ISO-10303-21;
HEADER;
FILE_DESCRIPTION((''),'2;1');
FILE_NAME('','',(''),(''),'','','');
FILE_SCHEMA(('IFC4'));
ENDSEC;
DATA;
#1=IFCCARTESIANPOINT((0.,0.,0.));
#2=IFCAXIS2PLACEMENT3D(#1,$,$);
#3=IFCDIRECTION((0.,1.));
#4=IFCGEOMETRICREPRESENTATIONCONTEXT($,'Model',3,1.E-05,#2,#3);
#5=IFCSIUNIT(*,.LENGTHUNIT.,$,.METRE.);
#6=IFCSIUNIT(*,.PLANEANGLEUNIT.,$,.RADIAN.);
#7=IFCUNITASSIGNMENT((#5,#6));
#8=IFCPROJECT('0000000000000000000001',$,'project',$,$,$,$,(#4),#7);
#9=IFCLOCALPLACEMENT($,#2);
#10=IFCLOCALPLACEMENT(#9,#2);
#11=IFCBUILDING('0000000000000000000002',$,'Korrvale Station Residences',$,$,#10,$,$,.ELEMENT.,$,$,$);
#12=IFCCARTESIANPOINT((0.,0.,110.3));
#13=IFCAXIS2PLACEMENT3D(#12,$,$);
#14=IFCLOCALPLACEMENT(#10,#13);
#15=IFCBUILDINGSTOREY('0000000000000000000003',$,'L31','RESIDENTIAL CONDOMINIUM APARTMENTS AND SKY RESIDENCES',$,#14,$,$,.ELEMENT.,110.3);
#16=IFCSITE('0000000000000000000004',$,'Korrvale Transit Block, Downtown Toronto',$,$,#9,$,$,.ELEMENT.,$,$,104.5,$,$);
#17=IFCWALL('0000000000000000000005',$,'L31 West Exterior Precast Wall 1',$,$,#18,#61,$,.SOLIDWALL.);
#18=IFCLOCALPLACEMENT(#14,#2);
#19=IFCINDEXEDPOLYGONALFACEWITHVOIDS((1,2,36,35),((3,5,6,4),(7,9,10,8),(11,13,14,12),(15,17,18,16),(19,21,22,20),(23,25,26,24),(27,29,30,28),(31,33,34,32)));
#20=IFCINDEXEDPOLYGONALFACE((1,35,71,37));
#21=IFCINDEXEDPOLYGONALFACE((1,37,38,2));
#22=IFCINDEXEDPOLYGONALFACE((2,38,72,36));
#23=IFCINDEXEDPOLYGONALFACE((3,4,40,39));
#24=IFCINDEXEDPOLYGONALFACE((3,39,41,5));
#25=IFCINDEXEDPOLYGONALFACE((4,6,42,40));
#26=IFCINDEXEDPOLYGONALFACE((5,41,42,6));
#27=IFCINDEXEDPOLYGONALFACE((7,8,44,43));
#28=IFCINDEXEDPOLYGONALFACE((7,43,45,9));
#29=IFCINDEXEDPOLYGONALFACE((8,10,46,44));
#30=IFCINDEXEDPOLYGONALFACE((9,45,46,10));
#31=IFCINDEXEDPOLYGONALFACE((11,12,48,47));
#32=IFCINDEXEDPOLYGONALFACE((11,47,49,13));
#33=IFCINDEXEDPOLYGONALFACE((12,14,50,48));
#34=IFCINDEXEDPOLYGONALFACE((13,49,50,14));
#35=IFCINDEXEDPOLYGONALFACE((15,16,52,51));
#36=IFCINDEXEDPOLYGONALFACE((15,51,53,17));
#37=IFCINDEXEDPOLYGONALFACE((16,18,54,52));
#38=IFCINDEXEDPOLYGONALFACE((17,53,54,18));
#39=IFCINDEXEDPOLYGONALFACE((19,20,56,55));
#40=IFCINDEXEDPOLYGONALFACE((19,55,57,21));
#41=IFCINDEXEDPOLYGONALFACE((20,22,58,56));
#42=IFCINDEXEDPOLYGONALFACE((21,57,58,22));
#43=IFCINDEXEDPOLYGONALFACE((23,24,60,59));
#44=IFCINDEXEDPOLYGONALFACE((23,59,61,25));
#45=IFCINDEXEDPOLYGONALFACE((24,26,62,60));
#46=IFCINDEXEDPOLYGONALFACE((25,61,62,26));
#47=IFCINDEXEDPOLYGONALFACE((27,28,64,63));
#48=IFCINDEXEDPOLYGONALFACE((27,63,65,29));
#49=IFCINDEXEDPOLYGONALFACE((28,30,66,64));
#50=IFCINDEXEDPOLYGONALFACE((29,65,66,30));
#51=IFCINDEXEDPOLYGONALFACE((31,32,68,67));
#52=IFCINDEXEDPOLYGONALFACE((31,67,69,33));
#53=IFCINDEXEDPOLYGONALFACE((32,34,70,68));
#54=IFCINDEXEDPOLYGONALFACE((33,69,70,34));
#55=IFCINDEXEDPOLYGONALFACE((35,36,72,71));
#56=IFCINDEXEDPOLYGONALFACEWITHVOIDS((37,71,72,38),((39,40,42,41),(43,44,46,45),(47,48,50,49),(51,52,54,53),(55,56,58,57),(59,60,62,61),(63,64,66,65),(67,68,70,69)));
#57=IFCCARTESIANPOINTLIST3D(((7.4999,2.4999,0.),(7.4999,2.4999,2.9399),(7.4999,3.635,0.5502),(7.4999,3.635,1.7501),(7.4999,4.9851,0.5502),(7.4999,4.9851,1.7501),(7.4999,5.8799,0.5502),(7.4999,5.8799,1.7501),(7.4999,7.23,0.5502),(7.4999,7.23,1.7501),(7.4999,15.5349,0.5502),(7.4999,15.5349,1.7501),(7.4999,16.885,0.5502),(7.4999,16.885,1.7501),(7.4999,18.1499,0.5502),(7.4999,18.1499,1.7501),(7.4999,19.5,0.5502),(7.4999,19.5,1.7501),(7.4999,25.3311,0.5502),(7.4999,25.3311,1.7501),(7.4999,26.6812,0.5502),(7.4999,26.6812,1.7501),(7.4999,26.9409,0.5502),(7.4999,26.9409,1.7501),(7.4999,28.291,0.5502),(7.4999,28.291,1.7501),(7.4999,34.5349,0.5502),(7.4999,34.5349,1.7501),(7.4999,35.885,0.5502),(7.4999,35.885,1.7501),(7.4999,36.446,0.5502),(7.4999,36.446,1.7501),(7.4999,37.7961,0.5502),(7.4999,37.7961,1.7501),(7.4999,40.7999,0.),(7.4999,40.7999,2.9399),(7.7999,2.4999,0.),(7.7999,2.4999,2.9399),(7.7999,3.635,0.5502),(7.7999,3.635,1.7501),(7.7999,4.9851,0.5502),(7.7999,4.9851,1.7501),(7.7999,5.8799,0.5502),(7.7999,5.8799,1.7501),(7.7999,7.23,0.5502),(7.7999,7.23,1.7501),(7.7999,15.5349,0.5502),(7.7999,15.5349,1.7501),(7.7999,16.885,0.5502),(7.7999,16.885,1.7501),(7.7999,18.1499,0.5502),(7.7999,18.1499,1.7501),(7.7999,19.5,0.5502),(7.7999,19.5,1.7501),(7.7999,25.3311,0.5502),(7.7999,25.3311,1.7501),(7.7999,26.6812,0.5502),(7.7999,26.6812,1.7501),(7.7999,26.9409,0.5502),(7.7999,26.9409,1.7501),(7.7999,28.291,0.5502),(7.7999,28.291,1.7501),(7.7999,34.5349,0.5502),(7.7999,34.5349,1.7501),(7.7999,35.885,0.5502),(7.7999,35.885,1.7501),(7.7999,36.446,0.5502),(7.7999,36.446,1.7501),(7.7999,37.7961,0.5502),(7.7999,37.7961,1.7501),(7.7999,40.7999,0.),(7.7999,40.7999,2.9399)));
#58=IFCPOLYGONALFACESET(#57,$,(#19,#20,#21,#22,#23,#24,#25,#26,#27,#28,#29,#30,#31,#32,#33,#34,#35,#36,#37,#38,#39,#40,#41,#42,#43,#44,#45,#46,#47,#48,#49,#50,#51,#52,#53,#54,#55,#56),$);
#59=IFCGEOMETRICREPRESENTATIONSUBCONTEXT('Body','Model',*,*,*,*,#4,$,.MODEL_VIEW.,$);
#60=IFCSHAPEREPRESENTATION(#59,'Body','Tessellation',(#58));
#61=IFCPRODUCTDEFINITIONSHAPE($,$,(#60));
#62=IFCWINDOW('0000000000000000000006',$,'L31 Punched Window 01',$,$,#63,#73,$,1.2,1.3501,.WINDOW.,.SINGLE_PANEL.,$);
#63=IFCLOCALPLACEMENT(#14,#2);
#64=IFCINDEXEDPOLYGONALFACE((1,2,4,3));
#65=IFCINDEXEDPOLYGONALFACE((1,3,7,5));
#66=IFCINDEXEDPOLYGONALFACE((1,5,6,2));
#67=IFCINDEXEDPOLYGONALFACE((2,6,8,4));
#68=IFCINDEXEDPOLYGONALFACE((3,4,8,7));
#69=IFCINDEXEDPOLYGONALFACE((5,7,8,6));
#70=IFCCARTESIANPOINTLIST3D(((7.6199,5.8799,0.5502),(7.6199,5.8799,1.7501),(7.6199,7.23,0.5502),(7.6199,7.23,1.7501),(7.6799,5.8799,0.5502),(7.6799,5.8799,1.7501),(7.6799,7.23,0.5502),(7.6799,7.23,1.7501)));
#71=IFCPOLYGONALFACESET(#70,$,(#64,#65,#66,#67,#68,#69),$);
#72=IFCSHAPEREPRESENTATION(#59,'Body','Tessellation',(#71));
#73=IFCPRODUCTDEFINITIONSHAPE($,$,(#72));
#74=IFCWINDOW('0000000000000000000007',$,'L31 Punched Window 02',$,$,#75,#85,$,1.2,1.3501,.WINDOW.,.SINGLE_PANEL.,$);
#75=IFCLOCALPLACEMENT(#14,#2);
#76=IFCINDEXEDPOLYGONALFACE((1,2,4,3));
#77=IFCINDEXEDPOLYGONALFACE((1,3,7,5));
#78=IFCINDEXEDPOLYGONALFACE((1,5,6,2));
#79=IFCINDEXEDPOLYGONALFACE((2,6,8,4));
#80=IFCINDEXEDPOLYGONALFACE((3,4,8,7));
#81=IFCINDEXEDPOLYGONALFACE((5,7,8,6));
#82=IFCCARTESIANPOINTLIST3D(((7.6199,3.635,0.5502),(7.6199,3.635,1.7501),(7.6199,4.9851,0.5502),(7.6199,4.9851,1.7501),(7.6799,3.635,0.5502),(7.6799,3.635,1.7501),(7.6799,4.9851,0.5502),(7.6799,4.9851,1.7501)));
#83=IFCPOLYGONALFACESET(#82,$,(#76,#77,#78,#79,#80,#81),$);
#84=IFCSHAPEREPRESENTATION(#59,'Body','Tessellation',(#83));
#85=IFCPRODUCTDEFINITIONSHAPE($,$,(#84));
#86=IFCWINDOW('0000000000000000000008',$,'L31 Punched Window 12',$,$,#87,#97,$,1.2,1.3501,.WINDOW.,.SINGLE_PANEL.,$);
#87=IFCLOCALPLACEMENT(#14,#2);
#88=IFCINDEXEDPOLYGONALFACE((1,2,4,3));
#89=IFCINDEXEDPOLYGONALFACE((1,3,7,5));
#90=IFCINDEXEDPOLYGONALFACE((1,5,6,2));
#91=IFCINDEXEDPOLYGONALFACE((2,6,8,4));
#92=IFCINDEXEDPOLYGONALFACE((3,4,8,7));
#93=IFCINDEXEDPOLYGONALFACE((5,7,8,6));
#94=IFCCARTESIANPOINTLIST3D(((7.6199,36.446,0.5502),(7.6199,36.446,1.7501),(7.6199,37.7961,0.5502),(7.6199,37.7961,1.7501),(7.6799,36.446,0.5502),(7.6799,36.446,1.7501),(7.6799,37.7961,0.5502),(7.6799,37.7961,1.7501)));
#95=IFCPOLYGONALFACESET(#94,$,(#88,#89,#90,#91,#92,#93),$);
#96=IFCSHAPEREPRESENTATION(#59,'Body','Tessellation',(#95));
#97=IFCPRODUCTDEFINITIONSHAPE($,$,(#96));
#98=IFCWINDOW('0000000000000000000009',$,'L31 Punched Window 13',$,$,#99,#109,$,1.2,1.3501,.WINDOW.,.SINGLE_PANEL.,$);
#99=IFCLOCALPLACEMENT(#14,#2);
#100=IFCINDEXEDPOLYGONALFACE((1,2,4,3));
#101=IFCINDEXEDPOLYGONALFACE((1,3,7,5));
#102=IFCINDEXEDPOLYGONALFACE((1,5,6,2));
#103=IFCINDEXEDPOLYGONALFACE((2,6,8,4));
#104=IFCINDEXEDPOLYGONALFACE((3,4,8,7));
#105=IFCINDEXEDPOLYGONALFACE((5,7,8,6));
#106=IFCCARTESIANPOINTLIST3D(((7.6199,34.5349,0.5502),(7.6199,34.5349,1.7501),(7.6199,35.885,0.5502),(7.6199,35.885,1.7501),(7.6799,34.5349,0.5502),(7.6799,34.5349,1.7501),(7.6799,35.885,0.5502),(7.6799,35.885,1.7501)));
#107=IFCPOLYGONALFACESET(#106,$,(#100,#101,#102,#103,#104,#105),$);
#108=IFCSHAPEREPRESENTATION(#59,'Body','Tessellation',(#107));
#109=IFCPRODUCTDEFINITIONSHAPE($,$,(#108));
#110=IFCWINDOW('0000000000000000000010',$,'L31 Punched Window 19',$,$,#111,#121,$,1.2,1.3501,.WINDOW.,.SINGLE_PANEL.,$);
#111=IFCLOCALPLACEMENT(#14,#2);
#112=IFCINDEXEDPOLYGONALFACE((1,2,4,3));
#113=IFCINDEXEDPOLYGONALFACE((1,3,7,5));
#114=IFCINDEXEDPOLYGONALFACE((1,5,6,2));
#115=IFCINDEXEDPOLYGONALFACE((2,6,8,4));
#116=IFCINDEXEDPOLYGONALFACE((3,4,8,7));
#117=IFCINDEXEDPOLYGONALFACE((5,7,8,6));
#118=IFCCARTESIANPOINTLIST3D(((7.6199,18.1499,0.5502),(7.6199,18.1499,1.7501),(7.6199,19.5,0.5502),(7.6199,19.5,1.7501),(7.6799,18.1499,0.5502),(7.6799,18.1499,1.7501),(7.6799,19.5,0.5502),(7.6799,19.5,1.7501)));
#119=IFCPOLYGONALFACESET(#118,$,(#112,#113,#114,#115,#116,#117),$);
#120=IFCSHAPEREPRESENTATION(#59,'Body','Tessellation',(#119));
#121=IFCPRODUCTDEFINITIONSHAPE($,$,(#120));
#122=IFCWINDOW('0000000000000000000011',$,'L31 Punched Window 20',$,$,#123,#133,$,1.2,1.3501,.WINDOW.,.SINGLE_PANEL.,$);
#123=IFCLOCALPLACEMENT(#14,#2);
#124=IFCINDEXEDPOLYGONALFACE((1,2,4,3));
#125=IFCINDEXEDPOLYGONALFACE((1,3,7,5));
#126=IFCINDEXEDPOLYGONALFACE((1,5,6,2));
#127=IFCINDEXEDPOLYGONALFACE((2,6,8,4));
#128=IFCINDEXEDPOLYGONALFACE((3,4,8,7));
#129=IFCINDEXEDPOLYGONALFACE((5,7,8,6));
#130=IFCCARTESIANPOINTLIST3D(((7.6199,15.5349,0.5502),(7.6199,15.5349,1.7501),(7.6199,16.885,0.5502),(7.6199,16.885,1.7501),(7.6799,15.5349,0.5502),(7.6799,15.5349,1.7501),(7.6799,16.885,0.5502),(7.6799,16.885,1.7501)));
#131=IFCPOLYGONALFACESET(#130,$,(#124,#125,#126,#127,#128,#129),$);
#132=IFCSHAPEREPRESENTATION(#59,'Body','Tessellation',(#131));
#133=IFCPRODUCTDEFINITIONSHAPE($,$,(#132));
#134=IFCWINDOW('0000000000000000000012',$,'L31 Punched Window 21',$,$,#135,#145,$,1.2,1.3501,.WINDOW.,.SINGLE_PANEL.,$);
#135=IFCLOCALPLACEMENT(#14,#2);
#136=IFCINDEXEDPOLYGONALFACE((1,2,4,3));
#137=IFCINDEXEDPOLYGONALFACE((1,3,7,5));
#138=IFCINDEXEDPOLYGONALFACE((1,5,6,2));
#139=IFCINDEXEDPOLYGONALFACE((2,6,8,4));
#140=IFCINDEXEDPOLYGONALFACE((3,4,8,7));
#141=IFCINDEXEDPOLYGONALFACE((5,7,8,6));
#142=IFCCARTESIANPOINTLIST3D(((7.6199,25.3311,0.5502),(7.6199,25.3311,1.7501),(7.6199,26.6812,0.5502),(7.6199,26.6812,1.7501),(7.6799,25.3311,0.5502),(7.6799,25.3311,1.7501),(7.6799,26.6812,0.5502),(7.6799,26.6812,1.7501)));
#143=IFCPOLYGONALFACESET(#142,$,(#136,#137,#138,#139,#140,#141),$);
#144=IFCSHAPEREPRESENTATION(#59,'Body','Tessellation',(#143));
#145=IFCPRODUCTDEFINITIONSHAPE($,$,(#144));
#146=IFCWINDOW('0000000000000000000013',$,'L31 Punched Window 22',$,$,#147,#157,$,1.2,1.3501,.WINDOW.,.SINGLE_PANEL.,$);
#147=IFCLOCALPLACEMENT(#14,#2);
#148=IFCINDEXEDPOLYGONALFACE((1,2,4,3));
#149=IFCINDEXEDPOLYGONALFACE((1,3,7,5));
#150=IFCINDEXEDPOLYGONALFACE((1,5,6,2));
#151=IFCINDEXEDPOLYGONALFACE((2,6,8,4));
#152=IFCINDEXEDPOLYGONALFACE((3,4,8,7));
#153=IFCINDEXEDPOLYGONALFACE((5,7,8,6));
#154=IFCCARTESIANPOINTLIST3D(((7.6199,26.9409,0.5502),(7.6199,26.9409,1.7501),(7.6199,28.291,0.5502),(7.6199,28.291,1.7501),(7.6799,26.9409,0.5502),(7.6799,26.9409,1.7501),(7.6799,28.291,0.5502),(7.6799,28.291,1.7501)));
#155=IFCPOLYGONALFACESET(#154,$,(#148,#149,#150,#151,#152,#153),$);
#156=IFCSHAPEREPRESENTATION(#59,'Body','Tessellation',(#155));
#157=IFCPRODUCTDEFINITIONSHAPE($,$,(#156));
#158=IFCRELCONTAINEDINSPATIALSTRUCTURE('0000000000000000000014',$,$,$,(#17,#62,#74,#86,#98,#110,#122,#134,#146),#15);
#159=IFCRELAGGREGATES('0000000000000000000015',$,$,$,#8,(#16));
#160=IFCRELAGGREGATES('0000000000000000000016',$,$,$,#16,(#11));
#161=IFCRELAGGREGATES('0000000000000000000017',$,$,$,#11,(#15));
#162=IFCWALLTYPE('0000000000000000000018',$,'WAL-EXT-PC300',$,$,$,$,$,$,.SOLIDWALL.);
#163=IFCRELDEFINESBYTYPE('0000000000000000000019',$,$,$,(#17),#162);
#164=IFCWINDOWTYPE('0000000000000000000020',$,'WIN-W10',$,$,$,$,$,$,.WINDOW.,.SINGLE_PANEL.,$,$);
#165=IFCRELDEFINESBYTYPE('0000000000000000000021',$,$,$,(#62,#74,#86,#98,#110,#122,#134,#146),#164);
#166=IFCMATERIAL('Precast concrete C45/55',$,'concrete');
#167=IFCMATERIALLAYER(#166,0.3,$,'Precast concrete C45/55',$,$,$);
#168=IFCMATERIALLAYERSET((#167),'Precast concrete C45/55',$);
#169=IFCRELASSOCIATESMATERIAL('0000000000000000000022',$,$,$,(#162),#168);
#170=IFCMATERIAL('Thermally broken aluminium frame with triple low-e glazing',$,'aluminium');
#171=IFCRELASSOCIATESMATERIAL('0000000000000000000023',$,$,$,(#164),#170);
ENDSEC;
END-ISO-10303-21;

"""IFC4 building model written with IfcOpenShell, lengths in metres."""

from ifc_helpers import new_model, si_unit, direction, frame, frame_2d, origin, place, context, subcontext, project, spatial, rectangle, extrude, material, layer, layer_set, type_object, element, fill, save


model = new_model("IFC4")

# Units and contexts
model_context = context("Model", 3, precision=1e-05, world=origin(), true_north=direction((0.0, 1.0)))
body_context = subcontext(model_context, "Body", "Model", "MODEL_VIEW")
ifc_project = project(units=[si_unit("LENGTHUNIT", "METRE"), si_unit("PLANEANGLEUNIT", "RADIAN")], contexts=[model_context])

# Site, building, storey
site_placement = place(None, origin())
site = spatial("IfcSite", under=ifc_project, at=site_placement, Name="Korrvale Transit Block, Downtown Toronto", CompositionType="ELEMENT", RefElevation=104.5)
building_placement = place(site_placement, origin())
building = spatial("IfcBuilding", under=site, at=building_placement, Name="Korrvale Station Residences", CompositionType="ELEMENT")
storey_placement = place(building_placement, frame((0.0, 0.0, 110.3)))
storey = spatial("IfcBuildingStorey", under=building, at=storey_placement, Name="L31", Description="RESIDENTIAL CONDOMINIUM APARTMENTS AND SKY RESIDENCES", CompositionType="ELEMENT", Elevation=110.3)

# Shared definitions
ifc_material_1 = material(Name="Precast concrete C45/55", Category="concrete")
ifc_layer_1 = layer(ifc_material_1, 0.3, Name="Precast concrete C45/55")
ifc_layer_set_1 = layer_set([ifc_layer_1], Name="Precast concrete C45/55")
wall_type_1 = type_object("IfcWallType", Name="WAL-EXT-PC300", PredefinedType="SOLIDWALL", material=ifc_layer_set_1)

# Wall, openings, windows
wall_1_placement = place(storey_placement, frame((7.6499, 2.5, 0.0), z_axis=(0.0, 0.0, 1.0), x_axis=(0.0, 1.0, 0.0)))
wall_1 = element("IfcWall", 1, at=wall_1_placement, inside=storey, type_object=wall_type_1, Name="L31 West Exterior Precast Wall 1", PredefinedType="SOLIDWALL", context=body_context, shape_type="SweptSolid", body=[
    extrude(rectangle(XDim=38.3, YDim=0.3, at=frame_2d((19.1499, 0.0))), origin(), (0.0, 0.0, 1.0), 2.9399),
])
opening_1_placement = place(wall_1_placement, frame((3.3799, 0.0, 0.55)))
opening_1 = element("IfcOpeningElement", 2, at=opening_1_placement, cuts=wall_1, PredefinedType="OPENING", context=body_context, shape_type="SweptSolid", body=[
    extrude(rectangle(XDim=1.3501, YDim=1.2, at=frame_2d((0.675, 0.6001))), frame((0.0, 0.1602, 0.0), z_axis=(0.0, -1.0, 0.0), x_axis=(1.0, 0.0, 0.0)), (0.0, 0.0, 1.0), 0.3201),
])
opening_2_placement = place(wall_1_placement, frame((1.135, 0.0, 0.55)))
opening_2 = element("IfcOpeningElement", 3, at=opening_2_placement, cuts=wall_1, PredefinedType="OPENING", context=body_context, shape_type="SweptSolid", body=[
    extrude(rectangle(XDim=1.3501, YDim=1.2, at=frame_2d((0.675, 0.6001))), frame((0.0, 0.1602, 0.0), z_axis=(0.0, -1.0, 0.0), x_axis=(1.0, 0.0, 0.0)), (0.0, 0.0, 1.0), 0.3201),
])
opening_3_placement = place(wall_1_placement, frame((33.946, 0.0, 0.55)))
opening_3 = element("IfcOpeningElement", 4, at=opening_3_placement, cuts=wall_1, PredefinedType="OPENING", context=body_context, shape_type="SweptSolid", body=[
    extrude(rectangle(XDim=1.3501, YDim=1.2, at=frame_2d((0.675, 0.6001))), frame((0.0, 0.1602, 0.0), z_axis=(0.0, -1.0, 0.0), x_axis=(1.0, 0.0, 0.0)), (0.0, 0.0, 1.0), 0.3201),
])
opening_4_placement = place(wall_1_placement, frame((32.0349, 0.0, 0.55)))
opening_4 = element("IfcOpeningElement", 5, at=opening_4_placement, cuts=wall_1, PredefinedType="OPENING", context=body_context, shape_type="SweptSolid", body=[
    extrude(rectangle(XDim=1.3501, YDim=1.2, at=frame_2d((0.675, 0.6001))), frame((0.0, 0.1602, 0.0), z_axis=(0.0, -1.0, 0.0), x_axis=(1.0, 0.0, 0.0)), (0.0, 0.0, 1.0), 0.3201),
])
opening_5_placement = place(wall_1_placement, frame((15.6499, 0.0, 0.55)))
opening_5 = element("IfcOpeningElement", 6, at=opening_5_placement, cuts=wall_1, PredefinedType="OPENING", context=body_context, shape_type="SweptSolid", body=[
    extrude(rectangle(XDim=1.3501, YDim=1.2, at=frame_2d((0.675, 0.6001))), frame((0.0, 0.1602, 0.0), z_axis=(0.0, -1.0, 0.0), x_axis=(1.0, 0.0, 0.0)), (0.0, 0.0, 1.0), 0.3201),
])
opening_6_placement = place(wall_1_placement, frame((13.0349, 0.0, 0.55)))
opening_6 = element("IfcOpeningElement", 7, at=opening_6_placement, cuts=wall_1, PredefinedType="OPENING", context=body_context, shape_type="SweptSolid", body=[
    extrude(rectangle(XDim=1.3501, YDim=1.2, at=frame_2d((0.675, 0.6001))), frame((0.0, 0.1602, 0.0), z_axis=(0.0, -1.0, 0.0), x_axis=(1.0, 0.0, 0.0)), (0.0, 0.0, 1.0), 0.3201),
])
opening_7_placement = place(wall_1_placement, frame((22.8311, 0.0, 0.55)))
opening_7 = element("IfcOpeningElement", 8, at=opening_7_placement, cuts=wall_1, PredefinedType="OPENING", context=body_context, shape_type="SweptSolid", body=[
    extrude(rectangle(XDim=1.3501, YDim=1.2, at=frame_2d((0.675, 0.6001))), frame((0.0, 0.1602, 0.0), z_axis=(0.0, -1.0, 0.0), x_axis=(1.0, 0.0, 0.0)), (0.0, 0.0, 1.0), 0.3201),
])
opening_8_placement = place(wall_1_placement, frame((24.4409, 0.0, 0.55)))
opening_8 = element("IfcOpeningElement", 9, at=opening_8_placement, cuts=wall_1, PredefinedType="OPENING", context=body_context, shape_type="SweptSolid", body=[
    extrude(rectangle(XDim=1.3501, YDim=1.2, at=frame_2d((0.675, 0.6001))), frame((0.0, 0.1602, 0.0), z_axis=(0.0, -1.0, 0.0), x_axis=(1.0, 0.0, 0.0)), (0.0, 0.0, 1.0), 0.3201),
])
ifc_material_2 = material(Name="Thermally broken aluminium frame with triple low-e glazing", Category="aluminium")
window_type = type_object("IfcWindowType", Name="WIN-W10", PartitioningType="SINGLE_PANEL", PredefinedType="WINDOW", material=ifc_material_2)
window_1_placement = place(opening_1_placement, origin())
window_1 = element("IfcWindow", 10, at=window_1_placement, inside=storey, type_object=window_type, Name="L31 Punched Window 01", OverallHeight=1.2, OverallWidth=1.3501, PartitioningType="SINGLE_PANEL", PredefinedType="WINDOW", context=body_context, shape_type="SweptSolid", body=[
    extrude(rectangle(XDim=1.3501, YDim=1.2, at=frame_2d((0.675, 0.6001))), frame((0.0, 0.03, 0.0), z_axis=(0.0, -1.0, 0.0), x_axis=(1.0, 0.0, 0.0)), (0.0, 0.0, 1.0), 0.0601),
])
fill(opening_1, window_1)
window_2_placement = place(opening_2_placement, origin())
window_2 = element("IfcWindow", 11, at=window_2_placement, inside=storey, type_object=window_type, Name="L31 Punched Window 02", OverallHeight=1.2, OverallWidth=1.3501, PartitioningType="SINGLE_PANEL", PredefinedType="WINDOW", context=body_context, shape_type="SweptSolid", body=[
    extrude(rectangle(XDim=1.3501, YDim=1.2, at=frame_2d((0.675, 0.6001))), frame((0.0, 0.03, 0.0), z_axis=(0.0, -1.0, 0.0), x_axis=(1.0, 0.0, 0.0)), (0.0, 0.0, 1.0), 0.0601),
])
fill(opening_2, window_2)
window_3_placement = place(opening_3_placement, origin())
window_3 = element("IfcWindow", 12, at=window_3_placement, inside=storey, type_object=window_type, Name="L31 Punched Window 12", OverallHeight=1.2, OverallWidth=1.3501, PartitioningType="SINGLE_PANEL", PredefinedType="WINDOW", context=body_context, shape_type="SweptSolid", body=[
    extrude(rectangle(XDim=1.3501, YDim=1.2, at=frame_2d((0.675, 0.6001))), frame((0.0, 0.03, 0.0), z_axis=(0.0, -1.0, 0.0), x_axis=(1.0, 0.0, 0.0)), (0.0, 0.0, 1.0), 0.0601),
])
fill(opening_3, window_3)
window_4_placement = place(opening_4_placement, origin())
window_4 = element("IfcWindow", 13, at=window_4_placement, inside=storey, type_object=window_type, Name="L31 Punched Window 13", OverallHeight=1.2, OverallWidth=1.3501, PartitioningType="SINGLE_PANEL", PredefinedType="WINDOW", context=body_context, shape_type="SweptSolid", body=[
    extrude(rectangle(XDim=1.3501, YDim=1.2, at=frame_2d((0.675, 0.6001))), frame((0.0, 0.03, 0.0), z_axis=(0.0, -1.0, 0.0), x_axis=(1.0, 0.0, 0.0)), (0.0, 0.0, 1.0), 0.0601),
])
fill(opening_4, window_4)
window_5_placement = place(opening_5_placement, origin())
window_5 = element("IfcWindow", 14, at=window_5_placement, inside=storey, type_object=window_type, Name="L31 Punched Window 19", OverallHeight=1.2, OverallWidth=1.3501, PartitioningType="SINGLE_PANEL", PredefinedType="WINDOW", context=body_context, shape_type="SweptSolid", body=[
    extrude(rectangle(XDim=1.3501, YDim=1.2, at=frame_2d((0.675, 0.6001))), frame((0.0, 0.03, 0.0), z_axis=(0.0, -1.0, 0.0), x_axis=(1.0, 0.0, 0.0)), (0.0, 0.0, 1.0), 0.0601),
])
fill(opening_5, window_5)
window_6_placement = place(opening_6_placement, origin())
window_6 = element("IfcWindow", 15, at=window_6_placement, inside=storey, type_object=window_type, Name="L31 Punched Window 20", OverallHeight=1.2, OverallWidth=1.3501, PartitioningType="SINGLE_PANEL", PredefinedType="WINDOW", context=body_context, shape_type="SweptSolid", body=[
    extrude(rectangle(XDim=1.3501, YDim=1.2, at=frame_2d((0.675, 0.6001))), frame((0.0, 0.03, 0.0), z_axis=(0.0, -1.0, 0.0), x_axis=(1.0, 0.0, 0.0)), (0.0, 0.0, 1.0), 0.0601),
])
fill(opening_6, window_6)
window_7_placement = place(opening_7_placement, origin())
window_7 = element("IfcWindow", 16, at=window_7_placement, inside=storey, type_object=window_type, Name="L31 Punched Window 21", OverallHeight=1.2, OverallWidth=1.3501, PartitioningType="SINGLE_PANEL", PredefinedType="WINDOW", context=body_context, shape_type="SweptSolid", body=[
    extrude(rectangle(XDim=1.3501, YDim=1.2, at=frame_2d((0.675, 0.6001))), frame((0.0, 0.03, 0.0), z_axis=(0.0, -1.0, 0.0), x_axis=(1.0, 0.0, 0.0)), (0.0, 0.0, 1.0), 0.0601),
])
fill(opening_7, window_7)
window_8_placement = place(opening_8_placement, origin())
window_8 = element("IfcWindow", 17, at=window_8_placement, inside=storey, type_object=window_type, Name="L31 Punched Window 22", OverallHeight=1.2, OverallWidth=1.3501, PartitioningType="SINGLE_PANEL", PredefinedType="WINDOW", context=body_context, shape_type="SweptSolid", body=[
    extrude(rectangle(XDim=1.3501, YDim=1.2, at=frame_2d((0.675, 0.6001))), frame((0.0, 0.03, 0.0), z_axis=(0.0, -1.0, 0.0), x_axis=(1.0, 0.0, 0.0)), (0.0, 0.0, 1.0), 0.0601),
])
fill(opening_8, window_8)

save(model, "model.ifc")
